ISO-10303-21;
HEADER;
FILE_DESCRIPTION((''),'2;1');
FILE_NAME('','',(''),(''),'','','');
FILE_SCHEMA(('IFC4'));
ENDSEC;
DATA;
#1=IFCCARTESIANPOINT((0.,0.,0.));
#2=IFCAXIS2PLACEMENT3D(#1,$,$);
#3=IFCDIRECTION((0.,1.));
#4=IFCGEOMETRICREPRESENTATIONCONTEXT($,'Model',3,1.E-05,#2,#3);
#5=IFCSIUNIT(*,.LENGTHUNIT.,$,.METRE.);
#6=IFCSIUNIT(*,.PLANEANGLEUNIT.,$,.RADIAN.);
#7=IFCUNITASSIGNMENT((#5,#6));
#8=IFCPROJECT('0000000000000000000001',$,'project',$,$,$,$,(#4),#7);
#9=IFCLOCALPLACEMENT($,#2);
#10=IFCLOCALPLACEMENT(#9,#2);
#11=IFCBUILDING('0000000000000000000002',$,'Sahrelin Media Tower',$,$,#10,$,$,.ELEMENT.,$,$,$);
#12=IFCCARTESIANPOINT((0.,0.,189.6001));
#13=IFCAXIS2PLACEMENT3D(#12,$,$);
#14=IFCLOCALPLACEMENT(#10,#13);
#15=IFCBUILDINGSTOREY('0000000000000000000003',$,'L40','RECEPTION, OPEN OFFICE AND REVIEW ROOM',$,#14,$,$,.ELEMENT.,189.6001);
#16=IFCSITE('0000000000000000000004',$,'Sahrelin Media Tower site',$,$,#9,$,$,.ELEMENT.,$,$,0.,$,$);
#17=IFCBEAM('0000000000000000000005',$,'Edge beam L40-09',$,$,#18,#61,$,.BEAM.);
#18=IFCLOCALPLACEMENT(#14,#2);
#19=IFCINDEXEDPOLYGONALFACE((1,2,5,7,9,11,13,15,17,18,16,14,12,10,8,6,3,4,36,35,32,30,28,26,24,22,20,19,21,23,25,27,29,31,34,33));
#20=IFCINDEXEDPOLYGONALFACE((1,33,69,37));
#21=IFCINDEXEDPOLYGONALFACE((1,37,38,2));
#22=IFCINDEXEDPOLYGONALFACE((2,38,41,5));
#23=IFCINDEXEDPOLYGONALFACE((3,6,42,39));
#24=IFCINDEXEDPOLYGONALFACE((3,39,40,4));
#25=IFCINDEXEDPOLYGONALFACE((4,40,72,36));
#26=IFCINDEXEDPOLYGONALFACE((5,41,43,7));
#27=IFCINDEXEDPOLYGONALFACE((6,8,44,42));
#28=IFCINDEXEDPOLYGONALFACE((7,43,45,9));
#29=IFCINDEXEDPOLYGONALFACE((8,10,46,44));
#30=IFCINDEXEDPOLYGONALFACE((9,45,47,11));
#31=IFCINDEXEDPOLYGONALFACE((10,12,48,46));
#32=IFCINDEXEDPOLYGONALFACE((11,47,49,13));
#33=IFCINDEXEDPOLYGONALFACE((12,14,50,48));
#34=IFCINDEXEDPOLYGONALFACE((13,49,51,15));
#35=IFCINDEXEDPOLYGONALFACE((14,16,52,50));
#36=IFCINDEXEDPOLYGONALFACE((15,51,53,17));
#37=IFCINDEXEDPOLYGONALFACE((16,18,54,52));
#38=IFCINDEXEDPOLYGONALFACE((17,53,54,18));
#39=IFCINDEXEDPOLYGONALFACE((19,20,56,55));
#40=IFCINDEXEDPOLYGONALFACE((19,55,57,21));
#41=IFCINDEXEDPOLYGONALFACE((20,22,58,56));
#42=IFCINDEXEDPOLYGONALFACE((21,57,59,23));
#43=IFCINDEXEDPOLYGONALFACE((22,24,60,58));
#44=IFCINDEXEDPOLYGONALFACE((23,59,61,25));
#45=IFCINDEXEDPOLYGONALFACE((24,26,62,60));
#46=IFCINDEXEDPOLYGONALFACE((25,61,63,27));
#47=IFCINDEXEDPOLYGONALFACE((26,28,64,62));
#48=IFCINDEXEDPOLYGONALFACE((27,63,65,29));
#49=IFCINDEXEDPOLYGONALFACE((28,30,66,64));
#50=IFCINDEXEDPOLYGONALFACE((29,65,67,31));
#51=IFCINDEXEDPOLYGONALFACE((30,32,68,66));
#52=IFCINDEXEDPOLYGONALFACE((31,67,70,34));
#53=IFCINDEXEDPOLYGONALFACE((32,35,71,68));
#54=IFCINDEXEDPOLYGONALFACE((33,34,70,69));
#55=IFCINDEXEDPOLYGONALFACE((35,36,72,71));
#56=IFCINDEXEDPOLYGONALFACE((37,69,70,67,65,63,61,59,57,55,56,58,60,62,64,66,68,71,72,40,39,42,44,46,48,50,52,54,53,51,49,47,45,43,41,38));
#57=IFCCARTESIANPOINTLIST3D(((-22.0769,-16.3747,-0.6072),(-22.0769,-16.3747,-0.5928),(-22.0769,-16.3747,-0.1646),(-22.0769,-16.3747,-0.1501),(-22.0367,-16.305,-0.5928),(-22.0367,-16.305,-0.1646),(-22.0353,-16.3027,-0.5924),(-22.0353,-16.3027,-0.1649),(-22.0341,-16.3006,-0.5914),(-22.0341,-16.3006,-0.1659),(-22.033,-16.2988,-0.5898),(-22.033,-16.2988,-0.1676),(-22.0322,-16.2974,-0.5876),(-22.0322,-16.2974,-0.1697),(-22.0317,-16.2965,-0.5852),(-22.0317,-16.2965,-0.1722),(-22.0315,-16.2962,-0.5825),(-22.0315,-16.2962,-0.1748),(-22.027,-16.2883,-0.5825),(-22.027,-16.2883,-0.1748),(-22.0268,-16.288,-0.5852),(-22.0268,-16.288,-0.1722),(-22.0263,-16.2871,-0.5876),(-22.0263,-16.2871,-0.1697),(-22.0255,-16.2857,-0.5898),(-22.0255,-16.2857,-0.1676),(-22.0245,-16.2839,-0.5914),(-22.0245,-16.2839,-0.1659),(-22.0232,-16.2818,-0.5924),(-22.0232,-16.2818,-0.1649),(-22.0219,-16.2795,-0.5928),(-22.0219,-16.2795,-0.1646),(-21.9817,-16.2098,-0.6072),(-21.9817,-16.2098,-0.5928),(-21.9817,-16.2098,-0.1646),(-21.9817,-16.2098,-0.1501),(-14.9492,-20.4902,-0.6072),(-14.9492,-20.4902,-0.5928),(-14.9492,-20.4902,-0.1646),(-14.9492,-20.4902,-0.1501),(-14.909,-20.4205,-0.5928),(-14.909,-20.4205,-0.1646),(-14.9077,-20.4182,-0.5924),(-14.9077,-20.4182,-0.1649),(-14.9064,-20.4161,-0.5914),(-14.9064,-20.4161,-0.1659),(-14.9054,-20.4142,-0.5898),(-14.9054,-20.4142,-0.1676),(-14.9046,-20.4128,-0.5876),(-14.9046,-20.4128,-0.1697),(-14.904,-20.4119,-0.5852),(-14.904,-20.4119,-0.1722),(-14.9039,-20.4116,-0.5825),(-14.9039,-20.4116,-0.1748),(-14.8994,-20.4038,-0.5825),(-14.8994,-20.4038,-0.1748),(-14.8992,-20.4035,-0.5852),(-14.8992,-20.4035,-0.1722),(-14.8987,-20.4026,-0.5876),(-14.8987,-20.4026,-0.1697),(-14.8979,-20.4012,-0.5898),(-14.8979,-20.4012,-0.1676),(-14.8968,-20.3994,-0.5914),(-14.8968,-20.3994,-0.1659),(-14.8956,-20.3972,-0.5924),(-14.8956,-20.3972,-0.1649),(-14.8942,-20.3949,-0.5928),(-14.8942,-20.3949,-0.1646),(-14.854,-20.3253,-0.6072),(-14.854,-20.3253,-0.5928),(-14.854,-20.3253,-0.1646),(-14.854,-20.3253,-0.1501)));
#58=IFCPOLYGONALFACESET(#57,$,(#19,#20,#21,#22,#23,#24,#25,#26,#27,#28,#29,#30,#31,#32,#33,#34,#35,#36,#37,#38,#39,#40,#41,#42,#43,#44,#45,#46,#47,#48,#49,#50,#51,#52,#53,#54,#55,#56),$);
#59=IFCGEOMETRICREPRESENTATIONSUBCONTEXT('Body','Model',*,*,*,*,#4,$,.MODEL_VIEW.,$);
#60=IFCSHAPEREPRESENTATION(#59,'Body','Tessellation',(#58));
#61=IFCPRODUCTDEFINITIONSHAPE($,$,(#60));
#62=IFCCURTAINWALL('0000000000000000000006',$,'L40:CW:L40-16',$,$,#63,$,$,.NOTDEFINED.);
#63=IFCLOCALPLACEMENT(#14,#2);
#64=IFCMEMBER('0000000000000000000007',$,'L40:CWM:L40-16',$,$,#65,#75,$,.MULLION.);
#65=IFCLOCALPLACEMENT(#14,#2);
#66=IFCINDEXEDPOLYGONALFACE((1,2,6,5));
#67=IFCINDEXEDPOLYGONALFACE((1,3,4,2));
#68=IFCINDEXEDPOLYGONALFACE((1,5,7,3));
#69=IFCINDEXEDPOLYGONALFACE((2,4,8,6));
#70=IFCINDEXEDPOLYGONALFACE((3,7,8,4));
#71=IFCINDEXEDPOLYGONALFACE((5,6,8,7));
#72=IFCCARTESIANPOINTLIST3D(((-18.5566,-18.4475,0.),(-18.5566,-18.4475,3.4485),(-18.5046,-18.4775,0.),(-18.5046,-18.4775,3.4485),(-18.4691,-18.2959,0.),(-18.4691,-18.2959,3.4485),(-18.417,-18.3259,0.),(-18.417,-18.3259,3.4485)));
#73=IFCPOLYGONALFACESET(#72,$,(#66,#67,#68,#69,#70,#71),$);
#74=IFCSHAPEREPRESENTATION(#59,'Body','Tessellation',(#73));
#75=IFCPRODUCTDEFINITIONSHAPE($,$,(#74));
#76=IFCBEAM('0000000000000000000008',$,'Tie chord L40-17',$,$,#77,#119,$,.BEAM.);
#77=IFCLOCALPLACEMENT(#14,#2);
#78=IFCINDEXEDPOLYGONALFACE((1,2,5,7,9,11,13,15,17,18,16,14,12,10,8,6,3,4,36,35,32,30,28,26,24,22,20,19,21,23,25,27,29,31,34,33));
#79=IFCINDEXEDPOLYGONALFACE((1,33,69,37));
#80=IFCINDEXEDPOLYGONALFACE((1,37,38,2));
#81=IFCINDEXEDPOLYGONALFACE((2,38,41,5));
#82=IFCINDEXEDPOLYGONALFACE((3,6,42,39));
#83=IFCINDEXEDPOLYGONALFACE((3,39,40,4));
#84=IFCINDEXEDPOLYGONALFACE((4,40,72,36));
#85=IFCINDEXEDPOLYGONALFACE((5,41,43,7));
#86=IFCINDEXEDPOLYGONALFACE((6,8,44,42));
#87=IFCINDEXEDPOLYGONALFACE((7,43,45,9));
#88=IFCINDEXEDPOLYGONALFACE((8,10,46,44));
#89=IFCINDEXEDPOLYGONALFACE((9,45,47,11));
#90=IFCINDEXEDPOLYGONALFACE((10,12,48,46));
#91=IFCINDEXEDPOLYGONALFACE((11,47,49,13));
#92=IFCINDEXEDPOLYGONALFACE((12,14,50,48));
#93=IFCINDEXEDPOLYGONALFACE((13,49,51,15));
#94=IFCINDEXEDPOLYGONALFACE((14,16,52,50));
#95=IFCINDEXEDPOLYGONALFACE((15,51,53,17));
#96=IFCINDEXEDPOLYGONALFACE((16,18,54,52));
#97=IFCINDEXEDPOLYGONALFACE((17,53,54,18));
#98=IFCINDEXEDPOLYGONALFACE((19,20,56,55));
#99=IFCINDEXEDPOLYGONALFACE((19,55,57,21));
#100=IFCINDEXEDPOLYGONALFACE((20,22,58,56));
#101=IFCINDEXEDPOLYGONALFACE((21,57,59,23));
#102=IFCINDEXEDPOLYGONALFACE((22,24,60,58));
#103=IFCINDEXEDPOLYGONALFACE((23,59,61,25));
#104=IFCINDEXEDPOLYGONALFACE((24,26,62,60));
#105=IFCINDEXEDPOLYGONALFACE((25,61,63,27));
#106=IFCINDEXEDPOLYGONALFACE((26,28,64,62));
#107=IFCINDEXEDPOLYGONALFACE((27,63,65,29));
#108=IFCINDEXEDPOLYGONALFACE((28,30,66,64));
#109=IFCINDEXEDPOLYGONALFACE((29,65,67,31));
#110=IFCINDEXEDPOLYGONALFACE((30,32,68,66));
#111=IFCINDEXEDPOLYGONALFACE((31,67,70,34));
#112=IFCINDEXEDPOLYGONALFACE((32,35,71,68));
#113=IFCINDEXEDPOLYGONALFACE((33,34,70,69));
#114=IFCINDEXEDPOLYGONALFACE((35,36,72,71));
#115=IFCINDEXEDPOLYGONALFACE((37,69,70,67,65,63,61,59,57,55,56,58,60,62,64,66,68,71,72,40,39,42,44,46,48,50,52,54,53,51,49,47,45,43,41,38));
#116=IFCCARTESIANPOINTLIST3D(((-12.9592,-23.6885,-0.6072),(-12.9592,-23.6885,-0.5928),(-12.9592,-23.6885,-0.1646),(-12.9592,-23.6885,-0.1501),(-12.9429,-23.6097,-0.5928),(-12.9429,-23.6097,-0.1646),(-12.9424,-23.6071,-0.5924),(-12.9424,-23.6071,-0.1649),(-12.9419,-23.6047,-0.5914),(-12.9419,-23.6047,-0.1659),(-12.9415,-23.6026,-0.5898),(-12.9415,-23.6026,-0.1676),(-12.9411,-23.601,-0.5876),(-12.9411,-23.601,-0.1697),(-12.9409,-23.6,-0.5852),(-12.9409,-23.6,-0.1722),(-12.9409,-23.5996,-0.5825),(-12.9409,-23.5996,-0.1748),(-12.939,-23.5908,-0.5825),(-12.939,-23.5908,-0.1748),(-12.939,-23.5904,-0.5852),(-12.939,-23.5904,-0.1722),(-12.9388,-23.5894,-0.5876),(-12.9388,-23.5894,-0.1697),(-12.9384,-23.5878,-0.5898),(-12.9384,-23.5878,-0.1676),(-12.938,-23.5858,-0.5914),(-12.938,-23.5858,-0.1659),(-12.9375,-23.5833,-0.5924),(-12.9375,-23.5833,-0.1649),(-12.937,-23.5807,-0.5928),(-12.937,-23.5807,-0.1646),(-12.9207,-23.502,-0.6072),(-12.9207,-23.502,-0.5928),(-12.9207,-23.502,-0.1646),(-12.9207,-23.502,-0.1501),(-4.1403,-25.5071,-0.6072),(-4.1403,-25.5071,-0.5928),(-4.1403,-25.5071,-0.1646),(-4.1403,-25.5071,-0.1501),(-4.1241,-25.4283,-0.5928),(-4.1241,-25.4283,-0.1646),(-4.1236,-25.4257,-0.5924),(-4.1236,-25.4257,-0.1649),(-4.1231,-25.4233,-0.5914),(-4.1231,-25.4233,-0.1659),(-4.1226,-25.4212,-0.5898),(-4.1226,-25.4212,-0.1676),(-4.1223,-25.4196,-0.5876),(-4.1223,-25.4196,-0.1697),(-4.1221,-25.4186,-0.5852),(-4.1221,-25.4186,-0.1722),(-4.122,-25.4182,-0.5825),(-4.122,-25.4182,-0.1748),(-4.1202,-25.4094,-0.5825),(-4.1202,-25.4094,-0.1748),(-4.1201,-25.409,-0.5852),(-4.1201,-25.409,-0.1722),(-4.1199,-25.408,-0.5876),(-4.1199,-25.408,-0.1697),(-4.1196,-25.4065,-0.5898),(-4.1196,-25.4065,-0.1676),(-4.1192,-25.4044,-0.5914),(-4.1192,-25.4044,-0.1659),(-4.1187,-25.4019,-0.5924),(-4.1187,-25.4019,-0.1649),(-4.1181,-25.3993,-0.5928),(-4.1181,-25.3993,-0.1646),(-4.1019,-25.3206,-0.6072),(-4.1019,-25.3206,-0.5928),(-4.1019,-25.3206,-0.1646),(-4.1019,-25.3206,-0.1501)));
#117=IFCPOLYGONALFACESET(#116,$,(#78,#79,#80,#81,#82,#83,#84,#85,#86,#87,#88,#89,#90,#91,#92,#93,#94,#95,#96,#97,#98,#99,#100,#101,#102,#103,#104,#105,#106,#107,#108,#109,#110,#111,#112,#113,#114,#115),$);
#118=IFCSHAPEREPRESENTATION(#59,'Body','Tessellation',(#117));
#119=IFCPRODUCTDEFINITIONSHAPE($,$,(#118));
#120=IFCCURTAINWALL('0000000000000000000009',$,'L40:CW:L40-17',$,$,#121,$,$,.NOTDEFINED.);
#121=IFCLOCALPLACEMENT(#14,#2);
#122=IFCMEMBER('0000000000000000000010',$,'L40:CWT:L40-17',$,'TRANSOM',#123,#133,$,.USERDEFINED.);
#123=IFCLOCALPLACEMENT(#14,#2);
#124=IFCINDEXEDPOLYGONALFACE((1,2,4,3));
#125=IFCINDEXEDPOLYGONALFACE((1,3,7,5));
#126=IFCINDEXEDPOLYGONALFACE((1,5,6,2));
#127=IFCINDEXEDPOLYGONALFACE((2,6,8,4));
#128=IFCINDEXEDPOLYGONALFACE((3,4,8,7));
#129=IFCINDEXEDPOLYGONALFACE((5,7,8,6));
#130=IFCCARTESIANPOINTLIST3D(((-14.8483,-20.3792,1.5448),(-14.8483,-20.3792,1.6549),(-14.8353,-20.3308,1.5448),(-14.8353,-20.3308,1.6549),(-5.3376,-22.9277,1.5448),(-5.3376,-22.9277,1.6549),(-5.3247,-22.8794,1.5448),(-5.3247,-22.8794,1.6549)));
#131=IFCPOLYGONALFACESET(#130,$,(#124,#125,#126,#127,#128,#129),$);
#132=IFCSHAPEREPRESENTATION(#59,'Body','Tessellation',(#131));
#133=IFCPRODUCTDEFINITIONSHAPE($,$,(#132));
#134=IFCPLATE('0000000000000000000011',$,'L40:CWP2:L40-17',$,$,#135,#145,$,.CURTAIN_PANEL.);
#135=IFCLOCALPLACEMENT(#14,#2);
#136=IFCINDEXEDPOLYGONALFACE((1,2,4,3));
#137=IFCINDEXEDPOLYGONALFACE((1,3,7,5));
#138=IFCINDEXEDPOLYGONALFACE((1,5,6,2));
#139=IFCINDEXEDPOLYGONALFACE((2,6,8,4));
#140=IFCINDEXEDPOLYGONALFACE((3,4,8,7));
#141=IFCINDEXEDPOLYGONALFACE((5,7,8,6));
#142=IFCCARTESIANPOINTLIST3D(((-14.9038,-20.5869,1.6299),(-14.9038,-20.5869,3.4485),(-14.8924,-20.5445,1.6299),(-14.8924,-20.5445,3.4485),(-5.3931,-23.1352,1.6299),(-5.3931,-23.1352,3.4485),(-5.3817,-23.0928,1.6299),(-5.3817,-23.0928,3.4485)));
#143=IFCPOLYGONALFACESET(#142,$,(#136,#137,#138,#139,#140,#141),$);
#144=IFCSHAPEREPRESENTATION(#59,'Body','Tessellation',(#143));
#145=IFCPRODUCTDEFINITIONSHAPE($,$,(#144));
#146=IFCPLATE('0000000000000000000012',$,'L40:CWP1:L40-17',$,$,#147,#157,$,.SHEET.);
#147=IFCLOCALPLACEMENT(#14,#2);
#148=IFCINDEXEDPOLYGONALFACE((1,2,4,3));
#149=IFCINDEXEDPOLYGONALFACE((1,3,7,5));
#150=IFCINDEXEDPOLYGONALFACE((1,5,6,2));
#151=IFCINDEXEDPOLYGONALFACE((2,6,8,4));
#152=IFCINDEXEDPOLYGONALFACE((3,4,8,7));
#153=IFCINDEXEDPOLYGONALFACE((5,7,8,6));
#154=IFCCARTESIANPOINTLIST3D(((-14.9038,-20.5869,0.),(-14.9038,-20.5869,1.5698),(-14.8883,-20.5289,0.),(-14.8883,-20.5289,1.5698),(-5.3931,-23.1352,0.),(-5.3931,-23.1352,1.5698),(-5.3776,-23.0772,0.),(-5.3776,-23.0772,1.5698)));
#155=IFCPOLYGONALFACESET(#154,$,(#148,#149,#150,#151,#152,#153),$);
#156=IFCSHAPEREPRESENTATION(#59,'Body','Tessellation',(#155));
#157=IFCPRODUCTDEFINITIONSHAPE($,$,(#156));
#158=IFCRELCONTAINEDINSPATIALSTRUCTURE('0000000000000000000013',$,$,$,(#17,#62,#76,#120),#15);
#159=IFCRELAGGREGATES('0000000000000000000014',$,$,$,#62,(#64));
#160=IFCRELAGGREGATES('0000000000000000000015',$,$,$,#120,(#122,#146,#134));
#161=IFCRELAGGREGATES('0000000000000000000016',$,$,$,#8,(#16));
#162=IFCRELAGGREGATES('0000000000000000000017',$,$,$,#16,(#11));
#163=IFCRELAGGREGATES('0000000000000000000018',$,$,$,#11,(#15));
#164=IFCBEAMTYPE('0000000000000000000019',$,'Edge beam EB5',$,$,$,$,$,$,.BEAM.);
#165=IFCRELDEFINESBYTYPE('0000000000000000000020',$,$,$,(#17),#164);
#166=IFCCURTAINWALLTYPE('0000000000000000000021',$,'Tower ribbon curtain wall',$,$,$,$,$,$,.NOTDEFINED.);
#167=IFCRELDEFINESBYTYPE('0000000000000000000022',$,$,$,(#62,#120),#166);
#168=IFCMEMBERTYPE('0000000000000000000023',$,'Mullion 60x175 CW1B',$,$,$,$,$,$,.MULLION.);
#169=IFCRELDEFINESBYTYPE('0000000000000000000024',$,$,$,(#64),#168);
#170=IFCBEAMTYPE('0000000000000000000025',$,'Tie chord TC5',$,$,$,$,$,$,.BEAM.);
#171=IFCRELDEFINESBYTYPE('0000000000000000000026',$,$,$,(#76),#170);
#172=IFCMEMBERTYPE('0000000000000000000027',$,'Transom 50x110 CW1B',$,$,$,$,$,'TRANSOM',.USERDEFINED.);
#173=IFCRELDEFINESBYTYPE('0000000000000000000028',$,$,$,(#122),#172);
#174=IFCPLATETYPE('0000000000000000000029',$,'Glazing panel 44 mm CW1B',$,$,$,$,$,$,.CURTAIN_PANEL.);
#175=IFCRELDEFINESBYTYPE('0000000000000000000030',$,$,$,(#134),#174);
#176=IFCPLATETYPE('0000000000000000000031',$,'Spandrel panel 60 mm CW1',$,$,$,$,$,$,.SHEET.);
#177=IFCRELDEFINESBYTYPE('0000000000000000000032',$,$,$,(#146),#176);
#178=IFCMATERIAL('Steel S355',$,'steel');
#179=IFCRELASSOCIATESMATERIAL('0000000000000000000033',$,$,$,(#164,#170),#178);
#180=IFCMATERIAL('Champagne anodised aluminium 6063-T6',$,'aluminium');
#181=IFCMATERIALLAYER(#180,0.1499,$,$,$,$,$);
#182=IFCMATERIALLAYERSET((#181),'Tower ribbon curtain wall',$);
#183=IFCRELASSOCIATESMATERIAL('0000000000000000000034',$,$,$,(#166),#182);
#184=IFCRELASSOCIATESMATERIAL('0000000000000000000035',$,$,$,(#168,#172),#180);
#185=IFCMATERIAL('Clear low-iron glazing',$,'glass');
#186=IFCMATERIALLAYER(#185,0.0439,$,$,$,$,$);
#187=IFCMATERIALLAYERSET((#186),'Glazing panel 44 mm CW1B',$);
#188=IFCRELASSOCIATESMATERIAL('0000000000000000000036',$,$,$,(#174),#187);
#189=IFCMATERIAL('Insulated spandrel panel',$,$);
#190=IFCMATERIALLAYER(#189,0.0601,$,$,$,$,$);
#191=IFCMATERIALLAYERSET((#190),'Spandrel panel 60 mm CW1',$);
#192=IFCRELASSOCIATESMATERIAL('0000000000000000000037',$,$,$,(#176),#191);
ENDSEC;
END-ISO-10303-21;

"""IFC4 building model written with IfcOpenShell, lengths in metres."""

from ifc_helpers import new_model, si_unit, direction, frame, origin, origin_2d, place, context, subcontext, project, spatial, polyline, rectangle, i_section, outline, extrude, material, layer, layer_set, material_profile, profile_set, type_object, element, aggregate, save


model = new_model("IFC4")

# Units and contexts
model_context = context("Model", 3, precision=1e-05, world=origin(), true_north=direction((0.0, 1.0)))
body_context = subcontext(model_context, "Body", "Model", "MODEL_VIEW")
ifc_project = project(units=[si_unit("LENGTHUNIT", "METRE"), si_unit("PLANEANGLEUNIT", "RADIAN")], contexts=[model_context])

# Site, building, storey
site_placement = place(None, origin())
site = spatial("IfcSite", under=ifc_project, at=site_placement, Name="Sahrelin Media Tower site", CompositionType="ELEMENT", RefElevation=0.0)
building_placement = place(site_placement, origin())
building = spatial("IfcBuilding", under=site, at=building_placement, Name="Sahrelin Media Tower", CompositionType="ELEMENT")
storey_placement = place(building_placement, frame((0.0, 0.0, 189.6001)))
storey = spatial("IfcBuildingStorey", under=building, at=storey_placement, Name="L40", Description="RECEPTION, OPEN OFFICE AND REVIEW ROOM", CompositionType="ELEMENT", Elevation=189.6001)

# Beam
ifc_material_1 = material(Name="Steel S355", Category="steel")
ifc_material_profile_1 = material_profile(ifc_material_1, i_section(OverallWidth=0.1904, OverallDepth=0.457, WebThickness=0.009, FlangeThickness=0.0144, FilletRadius=0.0103, at=origin_2d()), Name="UB 457x191x74")
ifc_profile_set_1 = profile_set([ifc_material_profile_1], Name="Steel S355")
beam_type_1 = type_object("IfcBeamType", Name="Edge beam EB5", PredefinedType="BEAM", material=ifc_profile_set_1)
beam_1_placement = place(storey_placement, frame((-14.9016, -20.4077, -0.3787), z_axis=(-0.866009, 0.500028, 0.0), x_axis=(-0.500028, -0.866009, 0.0)))
element("IfcBeam", 1, at=beam_1_placement, inside=storey, type_object=beam_type_1, Name="Edge beam L40-09", PredefinedType="BEAM", context=body_context, shape_type="SweptSolid", body=[
    extrude(i_section(OverallWidth=0.1904, OverallDepth=0.457, WebThickness=0.009, FlangeThickness=0.0144, FilletRadius=0.0103, at=origin_2d()), origin(), (0.0, 0.0, 1.0), 8.2305),
])

# Curtain wall, member
ifc_material_2 = material(Name="Champagne anodised aluminium 6063-T6", Category="aluminium")
ifc_layer_1 = layer(ifc_material_2, 0.1499)
ifc_layer_set_1 = layer_set([ifc_layer_1], Name="Tower ribbon curtain wall")
curtain_wall_type = type_object("IfcCurtainWallType", Name="Tower ribbon curtain wall", PredefinedType="NOTDEFINED", material=ifc_layer_set_1)
curtain_wall_1_placement = place(storey_placement, frame((-18.5403, -18.4797, 0.0), z_axis=(0.0, 0.0, 1.0), x_axis=(1.0, 0.0, 0.0)))
curtain_wall_1 = element("IfcCurtainWall", 2, at=curtain_wall_1_placement, inside=storey, type_object=curtain_wall_type, Name="L40:CW:L40-16", PredefinedType="NOTDEFINED")
ifc_material_profile_2 = material_profile(ifc_material_2, rectangle(XDim=0.0601, YDim=0.175, at=origin_2d()), Name="Mullion 60x175")
ifc_profile_set_2 = profile_set([ifc_material_profile_2], Name="Champagne anodised aluminium 6063-T6")
member_type_1 = type_object("IfcMemberType", Name="Mullion 60x175 CW1B", PredefinedType="MULLION", material=ifc_profile_set_2)
member_1_placement = place(storey_placement, frame((-18.4868, -18.3867, 0.0), z_axis=(0.0, 0.0, 1.0), x_axis=(0.866024, -0.500003, 0.0)))
member_1 = element("IfcMember", 3, at=member_1_placement, type_object=member_type_1, Name="L40:CWM:L40-16", PredefinedType="MULLION", context=body_context, shape_type="SweptSolid", body=[
    extrude(rectangle(XDim=0.0601, YDim=0.175, at=origin_2d()), origin(), (0.0, 0.0, 1.0), 3.4485),
])
aggregate(curtain_wall_1, [member_1])

# Beam
ifc_material_profile_3 = material_profile(ifc_material_1, i_section(OverallWidth=0.1904, OverallDepth=0.457, WebThickness=0.009, FlangeThickness=0.0144, FilletRadius=0.0103, at=origin_2d()), Name="UB 457x191x74")
ifc_profile_set_3 = profile_set([ifc_material_profile_3], Name="Steel S355")
beam_type_2 = type_object("IfcBeamType", Name="Tie chord TC5", PredefinedType="BEAM", material=ifc_profile_set_3)
beam_2_placement = place(storey_placement, frame((-12.9399, -23.5952, -0.3787), z_axis=(0.979392, -0.201968, 0.0), x_axis=(0.201968, 0.979392, 0.0)))
element("IfcBeam", 4, at=beam_2_placement, inside=storey, type_object=beam_type_2, Name="Tie chord L40-17", PredefinedType="BEAM", context=body_context, shape_type="SweptSolid", body=[
    extrude(i_section(OverallWidth=0.1904, OverallDepth=0.457, WebThickness=0.009, FlangeThickness=0.0144, FilletRadius=0.0103, at=origin_2d()), origin(), (0.0, 0.0, 1.0), 9.0044),
])

# Curtain wall, member, plates
curtain_wall_2_placement = place(storey_placement, frame((-10.1433, -21.8418, 0.0), z_axis=(0.0, 0.0, 1.0), x_axis=(1.0, 0.0, 0.0)))
curtain_wall_2 = element("IfcCurtainWall", 5, at=curtain_wall_2_placement, inside=storey, type_object=curtain_wall_type, Name="L40:CW:L40-17", PredefinedType="NOTDEFINED")
ifc_material_profile_4 = material_profile(ifc_material_2, rectangle(XDim=0.05, YDim=0.1101, at=origin_2d()), Name="Transom 50x110")
ifc_profile_set_4 = profile_set([ifc_material_profile_4], Name="Champagne anodised aluminium 6063-T6")
member_type_2 = type_object("IfcMemberType", Name="Transom 50x110 CW1B", ElementType="TRANSOM", PredefinedType="USERDEFINED", material=ifc_profile_set_4)
member_2_placement = place(storey_placement, frame((-14.8418, -20.355, 1.5999), z_axis=(0.965921, -0.258837, 0.0), x_axis=(0.258837, 0.965921, 0.0)))
member_2 = element("IfcMember", 6, at=member_2_placement, type_object=member_type_2, Name="L40:CWT:L40-17", ObjectType="TRANSOM", PredefinedType="USERDEFINED", context=body_context, shape_type="SweptSolid", body=[
    extrude(rectangle(XDim=0.05, YDim=0.1101, at=origin_2d()), origin(), (0.0, 0.0, 1.0), 9.8462),
])
ifc_material_3 = material(Name="Clear low-iron glazing", Category="glass")
ifc_layer_2 = layer(ifc_material_3, 0.0439)
ifc_layer_set_2 = layer_set([ifc_layer_2], Name="Glazing panel 44 mm CW1B")
plate_type_1 = type_object("IfcPlateType", Name="Glazing panel 44 mm CW1B", PredefinedType="CURTAIN_PANEL", material=ifc_layer_set_2)
plate_1_placement = place(storey_placement, frame((-14.9038, -20.5869, 1.6299), z_axis=(-0.258814, -0.965927, 0.0), x_axis=(0.965927, -0.258814, 0.0)))
plate_1 = element("IfcPlate", 7, at=plate_1_placement, type_object=plate_type_1, Name="L40:CWP2:L40-17", PredefinedType="CURTAIN_PANEL", context=body_context, shape_type="SweptSolid", body=[
    extrude(outline(polyline([(0.0, 0.0), (9.8462, 0.0), (9.8462, 1.8186), (0.0, 1.8186), (0.0, 0.0)])), origin(), (0.0, 0.0, -1.0), 0.0439),
])
ifc_material_4 = material(Name="Insulated spandrel panel")
ifc_layer_3 = layer(ifc_material_4, 0.0601)
ifc_layer_set_3 = layer_set([ifc_layer_3], Name="Spandrel panel 60 mm CW1")
plate_type_2 = type_object("IfcPlateType", Name="Spandrel panel 60 mm CW1", PredefinedType="SHEET", material=ifc_layer_set_3)
plate_2_placement = place(storey_placement, frame((-14.9038, -20.5869, 0.0), z_axis=(-0.258814, -0.965927, 0.0), x_axis=(0.965927, -0.258814, 0.0)))
plate_2 = element("IfcPlate", 8, at=plate_2_placement, type_object=plate_type_2, Name="L40:CWP1:L40-17", PredefinedType="SHEET", context=body_context, shape_type="SweptSolid", body=[
    extrude(outline(polyline([(0.0, 0.0), (9.8462, 0.0), (9.8462, 1.5698), (0.0, 1.5698), (0.0, 0.0)])), origin(), (0.0, 0.0, -1.0), 0.0601),
])
aggregate(curtain_wall_2, [member_2, plate_2, plate_1])

save(model, "model.ifc")
